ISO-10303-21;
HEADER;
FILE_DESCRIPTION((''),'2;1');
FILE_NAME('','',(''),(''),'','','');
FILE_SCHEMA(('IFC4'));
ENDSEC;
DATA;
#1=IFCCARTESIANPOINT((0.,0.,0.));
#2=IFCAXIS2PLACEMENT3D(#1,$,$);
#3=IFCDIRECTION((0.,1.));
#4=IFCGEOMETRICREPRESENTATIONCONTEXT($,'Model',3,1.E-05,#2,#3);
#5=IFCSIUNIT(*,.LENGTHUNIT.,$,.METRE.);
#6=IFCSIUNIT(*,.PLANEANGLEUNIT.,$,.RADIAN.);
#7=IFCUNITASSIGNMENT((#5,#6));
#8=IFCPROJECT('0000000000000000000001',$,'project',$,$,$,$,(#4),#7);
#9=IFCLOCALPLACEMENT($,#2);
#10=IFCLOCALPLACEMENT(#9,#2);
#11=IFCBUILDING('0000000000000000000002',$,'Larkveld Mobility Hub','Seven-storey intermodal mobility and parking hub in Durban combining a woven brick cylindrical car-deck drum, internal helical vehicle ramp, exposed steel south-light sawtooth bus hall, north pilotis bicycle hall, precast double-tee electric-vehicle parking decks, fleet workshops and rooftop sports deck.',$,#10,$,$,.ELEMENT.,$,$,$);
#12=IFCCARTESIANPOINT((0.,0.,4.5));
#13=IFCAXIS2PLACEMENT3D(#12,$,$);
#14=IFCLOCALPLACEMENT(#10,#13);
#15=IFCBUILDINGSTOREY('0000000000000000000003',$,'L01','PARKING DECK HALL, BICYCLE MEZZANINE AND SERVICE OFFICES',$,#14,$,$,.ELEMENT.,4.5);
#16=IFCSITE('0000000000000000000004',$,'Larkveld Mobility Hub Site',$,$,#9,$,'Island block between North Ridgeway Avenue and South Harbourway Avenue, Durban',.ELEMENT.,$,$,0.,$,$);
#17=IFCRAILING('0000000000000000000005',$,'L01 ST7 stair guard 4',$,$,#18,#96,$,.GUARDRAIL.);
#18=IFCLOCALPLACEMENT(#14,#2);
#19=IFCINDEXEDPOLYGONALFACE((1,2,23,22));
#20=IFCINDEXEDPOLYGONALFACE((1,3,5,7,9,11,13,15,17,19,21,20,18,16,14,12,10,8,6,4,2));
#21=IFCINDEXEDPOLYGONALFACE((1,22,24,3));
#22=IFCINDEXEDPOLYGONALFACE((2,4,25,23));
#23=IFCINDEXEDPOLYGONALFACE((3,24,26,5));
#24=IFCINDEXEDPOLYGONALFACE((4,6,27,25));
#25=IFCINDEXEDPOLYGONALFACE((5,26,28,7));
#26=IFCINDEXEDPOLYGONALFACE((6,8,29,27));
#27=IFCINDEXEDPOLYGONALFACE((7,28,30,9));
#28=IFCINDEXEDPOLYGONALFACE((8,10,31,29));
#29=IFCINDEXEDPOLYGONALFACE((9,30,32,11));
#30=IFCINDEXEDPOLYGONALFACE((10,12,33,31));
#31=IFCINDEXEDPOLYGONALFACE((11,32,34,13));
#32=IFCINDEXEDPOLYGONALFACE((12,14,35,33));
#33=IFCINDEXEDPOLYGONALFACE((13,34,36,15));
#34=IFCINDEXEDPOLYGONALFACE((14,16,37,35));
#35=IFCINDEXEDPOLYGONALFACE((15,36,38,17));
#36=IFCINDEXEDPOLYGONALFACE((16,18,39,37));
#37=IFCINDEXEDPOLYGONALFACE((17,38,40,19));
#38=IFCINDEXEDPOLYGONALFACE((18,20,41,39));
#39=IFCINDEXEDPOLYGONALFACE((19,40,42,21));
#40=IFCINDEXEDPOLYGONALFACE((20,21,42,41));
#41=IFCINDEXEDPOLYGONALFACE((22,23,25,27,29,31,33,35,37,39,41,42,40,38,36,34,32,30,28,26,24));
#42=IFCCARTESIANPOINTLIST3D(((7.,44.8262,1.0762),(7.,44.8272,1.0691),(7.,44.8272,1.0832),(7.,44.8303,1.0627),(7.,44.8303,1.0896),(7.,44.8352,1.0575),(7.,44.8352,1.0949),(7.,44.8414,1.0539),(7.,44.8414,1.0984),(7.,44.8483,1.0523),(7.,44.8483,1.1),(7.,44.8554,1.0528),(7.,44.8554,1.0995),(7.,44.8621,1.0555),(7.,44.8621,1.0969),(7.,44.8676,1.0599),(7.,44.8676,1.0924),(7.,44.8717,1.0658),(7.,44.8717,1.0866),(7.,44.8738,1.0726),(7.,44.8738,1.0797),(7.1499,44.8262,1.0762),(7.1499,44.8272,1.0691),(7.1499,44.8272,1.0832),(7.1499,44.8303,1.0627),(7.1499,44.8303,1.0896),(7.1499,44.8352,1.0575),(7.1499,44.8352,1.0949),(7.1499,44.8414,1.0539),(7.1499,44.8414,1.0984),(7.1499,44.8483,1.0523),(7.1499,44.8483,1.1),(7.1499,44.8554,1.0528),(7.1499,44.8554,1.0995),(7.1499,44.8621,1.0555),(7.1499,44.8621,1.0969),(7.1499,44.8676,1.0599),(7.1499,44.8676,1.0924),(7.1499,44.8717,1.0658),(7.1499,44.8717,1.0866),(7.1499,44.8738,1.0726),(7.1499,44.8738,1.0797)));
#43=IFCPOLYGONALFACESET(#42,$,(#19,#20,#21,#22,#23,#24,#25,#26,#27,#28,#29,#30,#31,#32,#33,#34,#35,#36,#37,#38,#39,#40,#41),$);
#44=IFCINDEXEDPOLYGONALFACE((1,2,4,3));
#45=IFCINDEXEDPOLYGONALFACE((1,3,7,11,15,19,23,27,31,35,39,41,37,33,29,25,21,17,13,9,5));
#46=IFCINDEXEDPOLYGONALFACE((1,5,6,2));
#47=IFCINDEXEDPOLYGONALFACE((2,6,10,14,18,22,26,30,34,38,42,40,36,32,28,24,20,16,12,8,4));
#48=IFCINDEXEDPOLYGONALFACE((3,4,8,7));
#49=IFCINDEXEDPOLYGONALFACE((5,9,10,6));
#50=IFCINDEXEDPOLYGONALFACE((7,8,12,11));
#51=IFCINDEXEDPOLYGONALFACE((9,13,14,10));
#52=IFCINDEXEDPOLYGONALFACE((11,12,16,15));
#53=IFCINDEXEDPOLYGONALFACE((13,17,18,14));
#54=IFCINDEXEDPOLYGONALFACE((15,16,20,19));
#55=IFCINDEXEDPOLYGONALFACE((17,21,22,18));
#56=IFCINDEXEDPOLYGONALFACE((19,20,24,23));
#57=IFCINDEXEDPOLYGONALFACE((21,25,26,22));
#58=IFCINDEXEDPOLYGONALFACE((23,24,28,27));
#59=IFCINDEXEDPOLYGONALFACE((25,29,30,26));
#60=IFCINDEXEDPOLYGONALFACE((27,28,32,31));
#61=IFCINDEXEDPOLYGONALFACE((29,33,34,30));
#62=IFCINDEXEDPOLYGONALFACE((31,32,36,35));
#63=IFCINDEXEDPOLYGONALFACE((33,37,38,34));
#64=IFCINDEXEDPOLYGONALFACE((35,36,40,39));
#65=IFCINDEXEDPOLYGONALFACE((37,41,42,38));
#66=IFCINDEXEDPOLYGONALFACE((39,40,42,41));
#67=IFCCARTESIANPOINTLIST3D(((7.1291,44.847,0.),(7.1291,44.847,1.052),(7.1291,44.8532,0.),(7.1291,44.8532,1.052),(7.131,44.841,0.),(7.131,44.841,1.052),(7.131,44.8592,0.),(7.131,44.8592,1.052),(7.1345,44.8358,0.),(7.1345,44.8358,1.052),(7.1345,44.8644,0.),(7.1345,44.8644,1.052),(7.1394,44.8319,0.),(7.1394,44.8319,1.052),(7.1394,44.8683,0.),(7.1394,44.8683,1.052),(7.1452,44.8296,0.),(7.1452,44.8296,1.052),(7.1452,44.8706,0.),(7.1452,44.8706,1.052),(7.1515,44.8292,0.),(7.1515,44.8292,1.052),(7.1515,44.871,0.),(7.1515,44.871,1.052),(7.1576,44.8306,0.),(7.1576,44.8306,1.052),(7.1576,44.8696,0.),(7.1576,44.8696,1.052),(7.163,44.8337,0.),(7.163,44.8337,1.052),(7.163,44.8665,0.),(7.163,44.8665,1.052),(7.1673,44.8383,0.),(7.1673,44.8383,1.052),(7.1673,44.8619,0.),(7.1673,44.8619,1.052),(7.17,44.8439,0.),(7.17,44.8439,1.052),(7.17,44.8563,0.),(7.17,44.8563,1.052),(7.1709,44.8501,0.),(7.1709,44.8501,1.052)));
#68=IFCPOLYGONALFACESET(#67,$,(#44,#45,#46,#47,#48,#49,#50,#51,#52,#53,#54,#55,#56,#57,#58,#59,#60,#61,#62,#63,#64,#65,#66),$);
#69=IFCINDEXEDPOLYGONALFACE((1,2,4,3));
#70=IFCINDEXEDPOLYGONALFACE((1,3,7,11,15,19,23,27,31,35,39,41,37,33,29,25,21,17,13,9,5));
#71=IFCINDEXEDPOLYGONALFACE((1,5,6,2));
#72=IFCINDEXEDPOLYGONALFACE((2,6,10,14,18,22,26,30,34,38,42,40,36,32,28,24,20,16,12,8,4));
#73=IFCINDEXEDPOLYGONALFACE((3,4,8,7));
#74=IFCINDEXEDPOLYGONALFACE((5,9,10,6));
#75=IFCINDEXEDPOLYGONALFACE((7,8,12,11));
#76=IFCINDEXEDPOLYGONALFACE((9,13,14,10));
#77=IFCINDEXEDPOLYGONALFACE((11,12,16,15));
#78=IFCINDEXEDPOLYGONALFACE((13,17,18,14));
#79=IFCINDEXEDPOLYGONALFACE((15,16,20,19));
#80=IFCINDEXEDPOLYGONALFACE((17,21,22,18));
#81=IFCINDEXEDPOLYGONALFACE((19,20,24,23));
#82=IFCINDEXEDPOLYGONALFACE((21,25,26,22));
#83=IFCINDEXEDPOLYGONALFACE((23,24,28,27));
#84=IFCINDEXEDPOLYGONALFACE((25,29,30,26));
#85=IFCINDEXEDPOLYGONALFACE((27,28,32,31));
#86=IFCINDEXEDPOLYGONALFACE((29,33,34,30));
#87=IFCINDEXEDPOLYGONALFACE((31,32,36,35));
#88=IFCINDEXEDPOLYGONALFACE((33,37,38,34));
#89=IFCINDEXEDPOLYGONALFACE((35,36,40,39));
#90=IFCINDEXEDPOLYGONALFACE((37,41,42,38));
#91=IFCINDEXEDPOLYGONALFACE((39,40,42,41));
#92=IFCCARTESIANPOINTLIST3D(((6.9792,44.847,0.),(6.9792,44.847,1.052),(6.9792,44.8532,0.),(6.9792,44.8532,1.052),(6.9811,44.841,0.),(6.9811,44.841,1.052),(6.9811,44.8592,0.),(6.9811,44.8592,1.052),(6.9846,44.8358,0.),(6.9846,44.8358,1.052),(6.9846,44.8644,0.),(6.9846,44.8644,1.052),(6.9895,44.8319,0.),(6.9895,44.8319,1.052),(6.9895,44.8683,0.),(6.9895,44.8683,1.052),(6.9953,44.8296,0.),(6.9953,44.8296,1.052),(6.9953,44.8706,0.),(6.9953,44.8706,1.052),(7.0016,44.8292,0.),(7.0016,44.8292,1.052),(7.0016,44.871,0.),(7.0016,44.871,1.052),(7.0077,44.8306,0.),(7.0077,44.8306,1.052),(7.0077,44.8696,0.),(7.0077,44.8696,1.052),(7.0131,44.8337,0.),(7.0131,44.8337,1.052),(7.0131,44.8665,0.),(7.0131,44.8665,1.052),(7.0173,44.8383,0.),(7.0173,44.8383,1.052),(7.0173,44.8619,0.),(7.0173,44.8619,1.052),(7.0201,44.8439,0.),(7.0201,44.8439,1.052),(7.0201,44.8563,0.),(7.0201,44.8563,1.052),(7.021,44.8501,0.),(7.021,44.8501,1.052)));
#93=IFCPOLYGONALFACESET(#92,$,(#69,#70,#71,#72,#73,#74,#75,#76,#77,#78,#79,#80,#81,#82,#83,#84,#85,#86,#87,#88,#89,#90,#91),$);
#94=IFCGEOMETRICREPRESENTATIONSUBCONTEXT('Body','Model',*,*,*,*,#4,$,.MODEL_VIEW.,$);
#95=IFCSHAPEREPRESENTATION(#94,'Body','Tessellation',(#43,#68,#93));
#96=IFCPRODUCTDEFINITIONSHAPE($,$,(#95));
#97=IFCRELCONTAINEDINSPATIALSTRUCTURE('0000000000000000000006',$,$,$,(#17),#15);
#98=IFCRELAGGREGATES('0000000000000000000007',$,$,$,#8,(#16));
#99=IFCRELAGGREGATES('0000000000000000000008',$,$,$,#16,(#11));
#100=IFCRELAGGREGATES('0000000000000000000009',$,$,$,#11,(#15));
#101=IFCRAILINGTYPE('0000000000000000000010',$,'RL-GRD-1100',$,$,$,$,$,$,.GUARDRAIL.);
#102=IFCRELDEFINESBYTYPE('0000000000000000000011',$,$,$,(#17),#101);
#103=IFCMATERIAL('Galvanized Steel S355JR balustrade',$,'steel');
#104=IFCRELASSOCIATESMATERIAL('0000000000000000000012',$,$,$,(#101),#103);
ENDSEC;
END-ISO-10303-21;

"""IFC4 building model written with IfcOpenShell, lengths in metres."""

from ifc_helpers import new_model, si_unit, direction, frame, origin, origin_2d, place, context, subcontext, project, spatial, circle, extrude, material, type_object, element, save


model = new_model("IFC4")

# Units and contexts
model_context = context("Model", 3, precision=1e-05, world=origin(), true_north=direction((0.0, 1.0)))
body_context = subcontext(model_context, "Body", "Model", "MODEL_VIEW")
ifc_project = project(units=[si_unit("LENGTHUNIT", "METRE"), si_unit("PLANEANGLEUNIT", "RADIAN")], contexts=[model_context])

# Site, building, storey
site_placement = place(None, origin())
site = spatial("IfcSite", under=ifc_project, at=site_placement, Name="Larkveld Mobility Hub Site", LongName="Island block between North Ridgeway Avenue and South Harbourway Avenue, Durban", CompositionType="ELEMENT", RefElevation=0.0)
building_placement = place(site_placement, origin())
building = spatial("IfcBuilding", under=site, at=building_placement, Name="Larkveld Mobility Hub", Description="Seven-storey intermodal mobility and parking hub in Durban combining a woven brick cylindrical car-deck drum, internal helical vehicle ramp, exposed steel south-light sawtooth bus hall, north pilotis bicycle hall, precast double-tee electric-vehicle parking decks, fleet workshops and rooftop sports deck.", CompositionType="ELEMENT")
storey_placement = place(building_placement, frame((0.0, 0.0, 4.5)))
storey = spatial("IfcBuildingStorey", under=building, at=storey_placement, Name="L01", Description="PARKING DECK HALL, BICYCLE MEZZANINE AND SERVICE OFFICES", CompositionType="ELEMENT", Elevation=4.5)

# Railing
ifc_material_1 = material(Name="Galvanized Steel S355JR balustrade", Category="steel")
railing_type = type_object("IfcRailingType", Name="RL-GRD-1100", PredefinedType="GUARDRAIL", material=ifc_material_1)
railing_placement = place(storey_placement, frame((7.1499, 44.8501, 0.0)))
element("IfcRailing", 1, at=railing_placement, inside=storey, type_object=railing_type, Name="L01 ST7 stair guard 4", PredefinedType="GUARDRAIL", context=body_context, shape_type="SweptSolid", body=[
    extrude(circle(Radius=0.0239, at=origin_2d()), frame((0.0, 0.0, 1.0762), z_axis=(-1.0, 0.0, 0.0), x_axis=(0.0, -1.0, 0.0)), (0.0, 0.0, 1.0), 0.1499),
    extrude(circle(Radius=0.021, at=origin_2d()), origin(), (0.0, 0.0, 1.0), 1.052),
    extrude(circle(Radius=0.021, at=origin_2d()), frame((-0.1499, 0.0, 0.0)), (0.0, 0.0, 1.0), 1.052),
])

save(model, "model.ifc")
